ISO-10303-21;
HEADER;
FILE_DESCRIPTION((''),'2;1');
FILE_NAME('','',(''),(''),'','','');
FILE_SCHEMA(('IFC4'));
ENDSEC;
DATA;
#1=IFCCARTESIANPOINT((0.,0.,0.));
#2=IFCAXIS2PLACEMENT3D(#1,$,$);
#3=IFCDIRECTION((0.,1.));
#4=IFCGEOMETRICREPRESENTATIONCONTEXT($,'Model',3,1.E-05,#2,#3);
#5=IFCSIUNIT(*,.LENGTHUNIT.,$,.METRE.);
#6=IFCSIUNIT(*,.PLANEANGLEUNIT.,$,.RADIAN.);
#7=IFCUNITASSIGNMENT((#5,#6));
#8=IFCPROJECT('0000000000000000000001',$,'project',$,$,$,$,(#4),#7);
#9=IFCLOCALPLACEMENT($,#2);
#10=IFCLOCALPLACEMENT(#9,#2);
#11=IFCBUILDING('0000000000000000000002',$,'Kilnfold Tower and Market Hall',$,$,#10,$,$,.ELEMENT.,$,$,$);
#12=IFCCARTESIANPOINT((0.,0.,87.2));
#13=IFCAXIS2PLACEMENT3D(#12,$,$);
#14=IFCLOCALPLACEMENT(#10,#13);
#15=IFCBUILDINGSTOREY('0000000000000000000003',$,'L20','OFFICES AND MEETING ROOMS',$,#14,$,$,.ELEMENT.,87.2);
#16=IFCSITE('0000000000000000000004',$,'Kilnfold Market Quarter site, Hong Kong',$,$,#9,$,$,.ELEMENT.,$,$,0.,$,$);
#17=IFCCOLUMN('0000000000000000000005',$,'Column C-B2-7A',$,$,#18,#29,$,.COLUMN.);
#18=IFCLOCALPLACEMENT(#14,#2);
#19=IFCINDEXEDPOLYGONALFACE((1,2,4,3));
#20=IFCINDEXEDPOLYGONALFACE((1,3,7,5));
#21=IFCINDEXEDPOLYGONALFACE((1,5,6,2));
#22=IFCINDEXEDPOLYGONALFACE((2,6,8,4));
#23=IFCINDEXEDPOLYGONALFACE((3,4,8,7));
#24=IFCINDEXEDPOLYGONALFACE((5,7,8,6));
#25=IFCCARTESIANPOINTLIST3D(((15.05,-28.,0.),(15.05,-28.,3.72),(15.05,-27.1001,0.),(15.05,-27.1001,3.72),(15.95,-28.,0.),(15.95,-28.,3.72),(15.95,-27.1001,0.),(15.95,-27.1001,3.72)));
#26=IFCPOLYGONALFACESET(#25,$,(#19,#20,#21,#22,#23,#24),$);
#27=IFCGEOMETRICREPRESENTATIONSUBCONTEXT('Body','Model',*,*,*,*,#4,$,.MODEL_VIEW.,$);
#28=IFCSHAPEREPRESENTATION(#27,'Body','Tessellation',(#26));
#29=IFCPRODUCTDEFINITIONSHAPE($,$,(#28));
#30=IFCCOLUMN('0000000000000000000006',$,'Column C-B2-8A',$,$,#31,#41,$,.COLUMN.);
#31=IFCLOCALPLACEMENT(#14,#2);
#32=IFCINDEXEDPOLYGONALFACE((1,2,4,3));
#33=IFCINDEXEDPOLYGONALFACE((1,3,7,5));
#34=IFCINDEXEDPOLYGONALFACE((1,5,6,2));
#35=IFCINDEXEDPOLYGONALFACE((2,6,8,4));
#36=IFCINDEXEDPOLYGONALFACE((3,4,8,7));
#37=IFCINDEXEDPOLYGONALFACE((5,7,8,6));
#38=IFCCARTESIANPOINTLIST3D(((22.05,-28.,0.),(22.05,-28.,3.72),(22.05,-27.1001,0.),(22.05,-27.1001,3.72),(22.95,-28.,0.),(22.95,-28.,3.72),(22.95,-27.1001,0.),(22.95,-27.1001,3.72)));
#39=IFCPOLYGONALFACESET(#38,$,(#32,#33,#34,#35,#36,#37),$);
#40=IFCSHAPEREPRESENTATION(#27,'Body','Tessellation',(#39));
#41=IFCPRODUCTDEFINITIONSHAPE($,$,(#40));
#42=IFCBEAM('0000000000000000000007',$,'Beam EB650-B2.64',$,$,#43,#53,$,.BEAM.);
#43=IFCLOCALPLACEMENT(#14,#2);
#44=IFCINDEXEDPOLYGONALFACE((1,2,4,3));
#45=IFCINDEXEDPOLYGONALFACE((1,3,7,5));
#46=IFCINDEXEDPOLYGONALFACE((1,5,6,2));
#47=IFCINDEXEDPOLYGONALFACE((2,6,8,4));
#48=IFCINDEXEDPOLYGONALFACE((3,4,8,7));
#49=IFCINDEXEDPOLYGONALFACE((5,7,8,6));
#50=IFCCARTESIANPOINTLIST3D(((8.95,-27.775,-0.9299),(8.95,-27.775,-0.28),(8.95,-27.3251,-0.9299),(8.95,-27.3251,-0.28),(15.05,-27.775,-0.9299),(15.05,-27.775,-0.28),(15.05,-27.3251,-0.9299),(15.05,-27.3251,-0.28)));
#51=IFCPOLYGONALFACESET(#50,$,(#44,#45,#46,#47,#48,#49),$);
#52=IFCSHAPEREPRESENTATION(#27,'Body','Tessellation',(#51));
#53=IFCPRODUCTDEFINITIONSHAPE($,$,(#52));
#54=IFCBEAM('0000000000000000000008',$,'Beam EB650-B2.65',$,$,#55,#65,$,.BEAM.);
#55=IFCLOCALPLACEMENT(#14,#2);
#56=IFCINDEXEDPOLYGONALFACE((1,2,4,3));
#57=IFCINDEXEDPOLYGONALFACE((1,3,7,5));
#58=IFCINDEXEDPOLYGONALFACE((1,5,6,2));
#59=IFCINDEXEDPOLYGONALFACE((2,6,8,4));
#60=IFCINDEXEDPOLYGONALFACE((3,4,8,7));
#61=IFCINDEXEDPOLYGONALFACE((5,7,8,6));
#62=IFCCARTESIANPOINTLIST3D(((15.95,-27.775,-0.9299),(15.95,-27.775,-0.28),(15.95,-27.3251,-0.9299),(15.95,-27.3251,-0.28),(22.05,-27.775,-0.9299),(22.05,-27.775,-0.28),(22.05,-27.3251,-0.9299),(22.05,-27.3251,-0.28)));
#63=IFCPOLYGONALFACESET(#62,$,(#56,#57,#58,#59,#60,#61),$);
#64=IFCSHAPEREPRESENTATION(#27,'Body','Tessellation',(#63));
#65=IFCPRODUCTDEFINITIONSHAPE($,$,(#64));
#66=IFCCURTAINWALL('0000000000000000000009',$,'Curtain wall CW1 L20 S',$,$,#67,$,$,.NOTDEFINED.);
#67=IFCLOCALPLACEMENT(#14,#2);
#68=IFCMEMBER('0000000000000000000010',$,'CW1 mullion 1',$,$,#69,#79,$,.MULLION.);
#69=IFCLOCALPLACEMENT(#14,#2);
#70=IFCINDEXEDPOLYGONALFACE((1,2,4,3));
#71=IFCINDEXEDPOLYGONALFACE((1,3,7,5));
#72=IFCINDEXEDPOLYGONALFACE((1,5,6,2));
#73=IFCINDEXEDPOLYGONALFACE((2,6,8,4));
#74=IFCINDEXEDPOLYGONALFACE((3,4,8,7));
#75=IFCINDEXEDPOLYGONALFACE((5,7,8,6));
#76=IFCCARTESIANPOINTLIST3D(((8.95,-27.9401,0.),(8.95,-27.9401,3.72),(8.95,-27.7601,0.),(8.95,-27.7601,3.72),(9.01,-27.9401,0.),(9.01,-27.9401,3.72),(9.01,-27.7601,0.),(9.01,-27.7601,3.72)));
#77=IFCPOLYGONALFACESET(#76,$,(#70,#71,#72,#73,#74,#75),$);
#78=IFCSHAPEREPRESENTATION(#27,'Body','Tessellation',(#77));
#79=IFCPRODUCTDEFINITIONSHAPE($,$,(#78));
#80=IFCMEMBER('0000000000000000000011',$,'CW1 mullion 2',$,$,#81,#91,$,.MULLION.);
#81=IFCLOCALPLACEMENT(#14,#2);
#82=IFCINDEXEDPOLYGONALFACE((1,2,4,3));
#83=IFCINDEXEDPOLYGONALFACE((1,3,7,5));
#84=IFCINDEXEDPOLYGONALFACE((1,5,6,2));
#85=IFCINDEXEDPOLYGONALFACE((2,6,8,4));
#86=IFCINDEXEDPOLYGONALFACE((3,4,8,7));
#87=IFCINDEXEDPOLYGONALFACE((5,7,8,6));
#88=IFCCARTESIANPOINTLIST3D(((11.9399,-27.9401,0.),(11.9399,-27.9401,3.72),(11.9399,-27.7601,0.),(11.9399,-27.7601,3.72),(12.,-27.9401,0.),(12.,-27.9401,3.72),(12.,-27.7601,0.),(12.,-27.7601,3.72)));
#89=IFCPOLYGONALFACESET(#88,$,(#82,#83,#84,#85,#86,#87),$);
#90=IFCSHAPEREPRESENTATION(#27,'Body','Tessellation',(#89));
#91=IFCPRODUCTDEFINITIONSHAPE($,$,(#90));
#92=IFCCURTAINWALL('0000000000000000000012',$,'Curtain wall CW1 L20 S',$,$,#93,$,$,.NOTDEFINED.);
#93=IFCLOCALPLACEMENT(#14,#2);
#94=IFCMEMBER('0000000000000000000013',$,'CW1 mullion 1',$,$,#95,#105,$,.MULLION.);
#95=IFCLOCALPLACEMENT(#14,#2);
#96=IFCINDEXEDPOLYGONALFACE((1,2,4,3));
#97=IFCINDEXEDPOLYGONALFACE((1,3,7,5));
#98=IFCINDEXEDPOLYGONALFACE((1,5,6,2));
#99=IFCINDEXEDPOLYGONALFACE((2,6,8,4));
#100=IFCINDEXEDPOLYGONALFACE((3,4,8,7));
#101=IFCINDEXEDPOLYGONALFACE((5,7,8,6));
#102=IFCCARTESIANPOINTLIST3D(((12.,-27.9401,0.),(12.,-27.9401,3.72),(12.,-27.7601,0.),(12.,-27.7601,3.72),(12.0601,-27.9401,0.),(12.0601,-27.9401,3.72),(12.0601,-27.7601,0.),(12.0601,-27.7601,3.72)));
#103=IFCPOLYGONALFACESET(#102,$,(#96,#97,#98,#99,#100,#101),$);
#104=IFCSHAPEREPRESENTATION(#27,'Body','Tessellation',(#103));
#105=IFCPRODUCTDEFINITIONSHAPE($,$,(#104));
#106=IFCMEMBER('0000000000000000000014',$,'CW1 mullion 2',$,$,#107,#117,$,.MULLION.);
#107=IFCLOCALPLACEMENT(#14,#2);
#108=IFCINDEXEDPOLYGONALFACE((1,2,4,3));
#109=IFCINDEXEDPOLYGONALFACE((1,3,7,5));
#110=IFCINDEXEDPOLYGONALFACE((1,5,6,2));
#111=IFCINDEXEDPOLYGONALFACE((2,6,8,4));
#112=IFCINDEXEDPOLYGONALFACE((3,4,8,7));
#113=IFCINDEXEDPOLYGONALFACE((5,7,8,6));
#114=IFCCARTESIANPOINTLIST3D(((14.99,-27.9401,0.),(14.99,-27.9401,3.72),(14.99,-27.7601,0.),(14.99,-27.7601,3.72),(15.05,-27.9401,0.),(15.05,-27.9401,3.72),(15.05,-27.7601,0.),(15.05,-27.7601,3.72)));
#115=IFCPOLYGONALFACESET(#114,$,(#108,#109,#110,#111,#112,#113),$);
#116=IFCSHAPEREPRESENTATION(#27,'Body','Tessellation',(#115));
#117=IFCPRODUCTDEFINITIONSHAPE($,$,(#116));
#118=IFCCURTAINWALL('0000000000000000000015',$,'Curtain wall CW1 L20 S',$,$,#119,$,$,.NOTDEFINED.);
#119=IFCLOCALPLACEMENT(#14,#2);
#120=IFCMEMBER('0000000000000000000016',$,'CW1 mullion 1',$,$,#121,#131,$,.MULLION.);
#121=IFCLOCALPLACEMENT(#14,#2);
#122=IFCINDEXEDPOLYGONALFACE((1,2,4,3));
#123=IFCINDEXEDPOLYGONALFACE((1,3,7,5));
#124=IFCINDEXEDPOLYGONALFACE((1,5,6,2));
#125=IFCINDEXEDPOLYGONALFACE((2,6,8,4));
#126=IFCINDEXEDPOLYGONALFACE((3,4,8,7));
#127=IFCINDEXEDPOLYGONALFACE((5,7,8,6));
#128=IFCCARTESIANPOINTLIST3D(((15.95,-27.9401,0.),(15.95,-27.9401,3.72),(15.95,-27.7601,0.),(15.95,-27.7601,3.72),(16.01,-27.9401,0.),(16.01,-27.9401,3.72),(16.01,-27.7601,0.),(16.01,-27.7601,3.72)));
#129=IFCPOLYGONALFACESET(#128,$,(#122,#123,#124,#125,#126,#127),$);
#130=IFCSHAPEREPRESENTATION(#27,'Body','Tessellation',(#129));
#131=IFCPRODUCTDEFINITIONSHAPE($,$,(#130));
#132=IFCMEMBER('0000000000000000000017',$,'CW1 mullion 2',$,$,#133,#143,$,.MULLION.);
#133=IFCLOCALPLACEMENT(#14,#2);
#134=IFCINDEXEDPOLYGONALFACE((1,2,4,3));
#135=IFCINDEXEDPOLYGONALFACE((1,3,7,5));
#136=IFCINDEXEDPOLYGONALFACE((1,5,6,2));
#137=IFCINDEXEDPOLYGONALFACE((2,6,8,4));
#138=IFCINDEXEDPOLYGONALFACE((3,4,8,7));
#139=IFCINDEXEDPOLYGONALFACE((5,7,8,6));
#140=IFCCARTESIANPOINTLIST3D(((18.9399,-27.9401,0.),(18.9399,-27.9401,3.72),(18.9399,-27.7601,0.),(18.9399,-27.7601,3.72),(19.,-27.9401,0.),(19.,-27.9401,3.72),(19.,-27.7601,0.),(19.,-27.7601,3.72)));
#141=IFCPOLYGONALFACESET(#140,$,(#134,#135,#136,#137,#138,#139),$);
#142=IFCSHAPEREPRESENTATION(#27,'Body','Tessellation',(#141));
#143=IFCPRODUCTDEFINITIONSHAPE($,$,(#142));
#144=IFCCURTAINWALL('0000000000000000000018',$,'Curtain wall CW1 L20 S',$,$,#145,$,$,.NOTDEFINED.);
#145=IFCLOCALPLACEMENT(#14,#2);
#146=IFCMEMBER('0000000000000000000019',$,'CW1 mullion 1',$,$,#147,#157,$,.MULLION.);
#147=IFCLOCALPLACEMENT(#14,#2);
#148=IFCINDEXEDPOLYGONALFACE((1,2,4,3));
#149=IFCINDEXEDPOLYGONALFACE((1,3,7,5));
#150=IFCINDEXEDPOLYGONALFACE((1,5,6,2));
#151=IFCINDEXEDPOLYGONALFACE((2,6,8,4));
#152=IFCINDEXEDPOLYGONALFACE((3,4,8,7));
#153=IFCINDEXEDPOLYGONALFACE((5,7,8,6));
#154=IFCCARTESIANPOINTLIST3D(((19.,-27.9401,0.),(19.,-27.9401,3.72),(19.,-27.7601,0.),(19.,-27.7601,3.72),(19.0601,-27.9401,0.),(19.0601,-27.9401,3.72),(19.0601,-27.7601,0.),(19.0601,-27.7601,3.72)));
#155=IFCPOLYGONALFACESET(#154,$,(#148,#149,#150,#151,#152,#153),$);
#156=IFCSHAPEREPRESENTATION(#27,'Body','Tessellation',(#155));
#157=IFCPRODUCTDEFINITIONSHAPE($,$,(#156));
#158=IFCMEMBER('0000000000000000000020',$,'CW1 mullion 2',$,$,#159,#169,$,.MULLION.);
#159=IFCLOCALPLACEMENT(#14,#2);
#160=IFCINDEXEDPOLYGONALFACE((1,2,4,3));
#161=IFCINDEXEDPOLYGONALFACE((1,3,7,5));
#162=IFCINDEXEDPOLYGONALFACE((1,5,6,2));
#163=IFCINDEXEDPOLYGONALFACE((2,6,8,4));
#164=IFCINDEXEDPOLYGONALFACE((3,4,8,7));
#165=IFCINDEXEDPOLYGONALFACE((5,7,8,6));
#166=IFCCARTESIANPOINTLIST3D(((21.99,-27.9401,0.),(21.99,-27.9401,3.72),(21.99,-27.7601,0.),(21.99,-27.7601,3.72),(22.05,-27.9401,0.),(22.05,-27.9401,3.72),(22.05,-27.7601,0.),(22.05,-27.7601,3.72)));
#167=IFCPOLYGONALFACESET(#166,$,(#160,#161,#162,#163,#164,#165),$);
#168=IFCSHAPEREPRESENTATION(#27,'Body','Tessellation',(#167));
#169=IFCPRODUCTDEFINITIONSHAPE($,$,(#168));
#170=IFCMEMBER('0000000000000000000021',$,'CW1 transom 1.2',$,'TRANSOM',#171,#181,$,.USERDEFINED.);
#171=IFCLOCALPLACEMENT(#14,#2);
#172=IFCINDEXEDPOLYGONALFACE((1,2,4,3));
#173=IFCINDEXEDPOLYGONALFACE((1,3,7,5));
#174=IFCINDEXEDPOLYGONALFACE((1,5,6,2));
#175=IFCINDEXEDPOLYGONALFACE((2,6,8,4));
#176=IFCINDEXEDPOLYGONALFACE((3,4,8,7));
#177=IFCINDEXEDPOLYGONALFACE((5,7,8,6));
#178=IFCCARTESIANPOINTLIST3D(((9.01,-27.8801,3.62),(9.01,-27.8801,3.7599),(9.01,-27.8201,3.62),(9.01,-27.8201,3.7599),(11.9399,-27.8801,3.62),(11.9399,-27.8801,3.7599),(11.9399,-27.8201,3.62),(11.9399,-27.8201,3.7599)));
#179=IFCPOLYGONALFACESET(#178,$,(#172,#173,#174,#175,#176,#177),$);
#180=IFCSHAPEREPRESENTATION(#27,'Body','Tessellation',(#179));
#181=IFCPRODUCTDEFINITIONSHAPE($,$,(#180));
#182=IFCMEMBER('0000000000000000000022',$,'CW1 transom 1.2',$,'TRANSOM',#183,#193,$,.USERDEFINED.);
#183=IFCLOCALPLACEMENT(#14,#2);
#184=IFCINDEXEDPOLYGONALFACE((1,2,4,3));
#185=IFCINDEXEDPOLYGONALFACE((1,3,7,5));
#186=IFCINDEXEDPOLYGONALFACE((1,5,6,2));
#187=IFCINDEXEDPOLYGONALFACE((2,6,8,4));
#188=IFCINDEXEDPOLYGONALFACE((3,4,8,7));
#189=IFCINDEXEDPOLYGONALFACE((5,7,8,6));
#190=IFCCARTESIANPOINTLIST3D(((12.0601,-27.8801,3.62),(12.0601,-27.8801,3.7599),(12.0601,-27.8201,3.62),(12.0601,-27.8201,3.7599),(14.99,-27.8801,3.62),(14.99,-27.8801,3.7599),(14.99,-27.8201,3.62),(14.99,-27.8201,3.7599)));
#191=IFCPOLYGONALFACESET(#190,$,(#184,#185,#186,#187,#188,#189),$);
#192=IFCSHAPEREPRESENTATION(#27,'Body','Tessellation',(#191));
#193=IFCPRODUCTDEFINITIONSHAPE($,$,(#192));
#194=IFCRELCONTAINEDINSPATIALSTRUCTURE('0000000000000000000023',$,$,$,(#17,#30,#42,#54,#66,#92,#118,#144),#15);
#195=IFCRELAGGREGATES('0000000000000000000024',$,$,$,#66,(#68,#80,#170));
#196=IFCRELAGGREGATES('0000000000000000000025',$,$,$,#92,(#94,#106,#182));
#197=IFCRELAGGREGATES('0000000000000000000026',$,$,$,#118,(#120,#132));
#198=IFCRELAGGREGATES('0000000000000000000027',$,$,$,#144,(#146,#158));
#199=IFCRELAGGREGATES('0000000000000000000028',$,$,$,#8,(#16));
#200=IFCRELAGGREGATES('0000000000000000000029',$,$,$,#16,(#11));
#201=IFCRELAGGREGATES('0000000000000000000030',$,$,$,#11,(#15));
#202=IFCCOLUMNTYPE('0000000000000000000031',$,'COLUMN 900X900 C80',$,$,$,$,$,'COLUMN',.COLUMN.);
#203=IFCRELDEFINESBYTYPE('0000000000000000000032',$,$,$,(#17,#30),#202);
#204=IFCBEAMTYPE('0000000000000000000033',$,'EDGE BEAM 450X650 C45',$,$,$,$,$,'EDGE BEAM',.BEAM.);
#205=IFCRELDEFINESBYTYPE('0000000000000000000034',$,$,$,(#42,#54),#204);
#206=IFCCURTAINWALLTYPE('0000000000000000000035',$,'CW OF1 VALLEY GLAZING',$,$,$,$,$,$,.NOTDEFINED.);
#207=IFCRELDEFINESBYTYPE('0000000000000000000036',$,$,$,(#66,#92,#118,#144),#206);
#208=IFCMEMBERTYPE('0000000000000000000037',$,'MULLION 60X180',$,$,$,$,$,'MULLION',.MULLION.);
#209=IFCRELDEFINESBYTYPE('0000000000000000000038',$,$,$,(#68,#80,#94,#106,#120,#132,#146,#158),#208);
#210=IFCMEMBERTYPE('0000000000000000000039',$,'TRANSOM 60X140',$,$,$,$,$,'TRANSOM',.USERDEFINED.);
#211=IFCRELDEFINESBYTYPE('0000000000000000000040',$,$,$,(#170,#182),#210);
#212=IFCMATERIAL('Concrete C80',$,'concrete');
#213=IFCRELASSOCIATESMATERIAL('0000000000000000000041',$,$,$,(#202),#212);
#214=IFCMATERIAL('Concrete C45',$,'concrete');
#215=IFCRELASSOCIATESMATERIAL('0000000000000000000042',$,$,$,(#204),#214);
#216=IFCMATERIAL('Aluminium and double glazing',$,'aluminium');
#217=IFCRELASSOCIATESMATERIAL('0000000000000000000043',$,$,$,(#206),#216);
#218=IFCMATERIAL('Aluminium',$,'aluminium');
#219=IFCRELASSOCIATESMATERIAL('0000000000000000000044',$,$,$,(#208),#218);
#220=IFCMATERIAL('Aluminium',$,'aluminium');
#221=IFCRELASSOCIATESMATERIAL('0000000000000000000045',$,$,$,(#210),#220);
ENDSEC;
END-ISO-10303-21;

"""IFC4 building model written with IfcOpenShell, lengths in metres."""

from ifc_helpers import new_model, si_unit, direction, frame, origin, origin_2d, place, context, subcontext, project, spatial, rectangle, extrude, source, transform, mapped, material, material_profile, profile_set, type_object, element, aggregate, save


model = new_model("IFC4")

# Units and contexts
model_context = context("Model", 3, precision=1e-05, world=origin(), true_north=direction((0.0, 1.0)))
body_context = subcontext(model_context, "Body", "Model", "MODEL_VIEW")
ifc_project = project(units=[si_unit("LENGTHUNIT", "METRE"), si_unit("PLANEANGLEUNIT", "RADIAN")], contexts=[model_context])

# Site, building, storey
site_placement = place(None, origin())
site = spatial("IfcSite", under=ifc_project, at=site_placement, Name="Kilnfold Market Quarter site, Hong Kong", CompositionType="ELEMENT", RefElevation=0.0)
building_placement = place(site_placement, origin())
building = spatial("IfcBuilding", under=site, at=building_placement, Name="Kilnfold Tower and Market Hall", CompositionType="ELEMENT")
storey_placement = place(building_placement, frame((0.0, 0.0, 87.2)))
storey = spatial("IfcBuildingStorey", under=building, at=storey_placement, Name="L20", Description="OFFICES AND MEETING ROOMS", CompositionType="ELEMENT", Elevation=87.2)

# Columns
ifc_material_1 = material(Name="Concrete C80", Category="concrete")
ifc_material_profile_1 = material_profile(ifc_material_1, rectangle(XDim=0.8999, YDim=0.8999, at=origin_2d()), Name="RC 900x900")
ifc_profile_set_1 = profile_set([ifc_material_profile_1], Name="Concrete C80")
column_type = type_object("IfcColumnType", Name="COLUMN 900X900 C80", ElementType="COLUMN", PredefinedType="COLUMN", material=ifc_profile_set_1)
shared_shape_1 = source(origin(), body_context, "Body", "SweptSolid", [
    extrude(rectangle(XDim=0.8999, YDim=0.8999, at=origin_2d()), origin(), (0.0, 0.0, 1.0), 3.72),
])
for number, where, z_axis, x_axis, name in (
    (1, (15.5, -27.55, 0.0), (0.0, 0.0, 1.0), (1.0, 0.0, 0.0), "Column C-B2-7A"),
    (2, (22.5, -27.55, 0.0), (0.0, 0.0, 1.0), (1.0, 0.0, 0.0), "Column C-B2-8A"),
):
    element("IfcColumn", number, at=place(storey_placement, frame(where, z_axis=z_axis, x_axis=x_axis)), inside=storey, type_object=column_type, Name=name, PredefinedType="COLUMN", context=body_context, shape_type="MappedRepresentation", body=[
        mapped(shared_shape_1, transform((0.0, 0.0, 0.0))),
    ])

# Beams
ifc_material_2 = material(Name="Concrete C45", Category="concrete")
ifc_material_profile_2 = material_profile(ifc_material_2, rectangle(XDim=0.45, YDim=0.6499, at=origin_2d()), Name="RC 450x650")
ifc_profile_set_2 = profile_set([ifc_material_profile_2], Name="Concrete C45")
beam_type = type_object("IfcBeamType", Name="EDGE BEAM 450X650 C45", ElementType="EDGE BEAM", PredefinedType="BEAM", material=ifc_profile_set_2)
shared_shape_2 = source(origin(), body_context, "Body", "SweptSolid", [
    extrude(rectangle(XDim=0.45, YDim=0.6499, at=origin_2d()), origin(), (0.0, 0.0, 1.0), 6.1001),
])
for number, where, z_axis, x_axis, name in (
    (3, (8.95, -27.55, -0.605), (1.0, 0.0, 0.0), (0.0, 1.0, 0.0), "Beam EB650-B2.64"),
    (4, (15.95, -27.55, -0.605), (1.0, 0.0, 0.0), (0.0, 1.0, 0.0), "Beam EB650-B2.65"),
):
    element("IfcBeam", number, at=place(storey_placement, frame(where, z_axis=z_axis, x_axis=x_axis)), inside=storey, type_object=beam_type, Name=name, PredefinedType="BEAM", context=body_context, shape_type="MappedRepresentation", body=[
        mapped(shared_shape_2, transform((0.0, 0.0, 0.0))),
    ])

# Curtain walls, members
ifc_material_3 = material(Name="Aluminium and double glazing", Category="aluminium")
curtain_wall_type = type_object("IfcCurtainWallType", Name="CW OF1 VALLEY GLAZING", PredefinedType="NOTDEFINED", material=ifc_material_3)
curtain_wall_1_placement = place(storey_placement, origin())
curtain_wall_1 = element("IfcCurtainWall", 5, at=curtain_wall_1_placement, inside=storey, type_object=curtain_wall_type, Name="Curtain wall CW1 L20 S", PredefinedType="NOTDEFINED")
ifc_material_4 = material(Name="Aluminium", Category="aluminium")
ifc_material_profile_3 = material_profile(ifc_material_4, rectangle(XDim=0.0601, YDim=0.1799, at=origin_2d()), Name="MULLION 60x180")
ifc_profile_set_3 = profile_set([ifc_material_profile_3], Name="Aluminium")
member_type_1 = type_object("IfcMemberType", Name="MULLION 60X180", ElementType="MULLION", PredefinedType="MULLION", material=ifc_profile_set_3)
shared_shape_3 = source(origin(), body_context, "Body", "SweptSolid", [
    extrude(rectangle(XDim=0.0601, YDim=0.1799, at=origin_2d()), origin(), (0.0, 0.0, 1.0), 3.72),
])
member_1_placement = place(storey_placement, frame((8.98, -27.8501, 0.0), z_axis=(0.0, 0.0, 1.0), x_axis=(1.0, 0.0, 0.0)))
member_1 = element("IfcMember", 6, at=member_1_placement, type_object=member_type_1, Name="CW1 mullion 1", PredefinedType="MULLION", context=body_context, shape_type="MappedRepresentation", body=[
    mapped(shared_shape_3, transform((0.0, 0.0, 0.0))),
])
member_2_placement = place(storey_placement, frame((11.97, -27.8501, 0.0), z_axis=(0.0, 0.0, 1.0), x_axis=(1.0, 0.0, 0.0)))
member_2 = element("IfcMember", 7, at=member_2_placement, type_object=member_type_1, Name="CW1 mullion 2", PredefinedType="MULLION", context=body_context, shape_type="MappedRepresentation", body=[
    mapped(shared_shape_3, transform((0.0, 0.0, 0.0))),
])
curtain_wall_2_placement = place(storey_placement, origin())
curtain_wall_2 = element("IfcCurtainWall", 8, at=curtain_wall_2_placement, inside=storey, type_object=curtain_wall_type, Name="Curtain wall CW1 L20 S", PredefinedType="NOTDEFINED")
member_3_placement = place(storey_placement, frame((12.03, -27.8501, 0.0), z_axis=(0.0, 0.0, 1.0), x_axis=(1.0, 0.0, 0.0)))
member_3 = element("IfcMember", 9, at=member_3_placement, type_object=member_type_1, Name="CW1 mullion 1", PredefinedType="MULLION", context=body_context, shape_type="MappedRepresentation", body=[
    mapped(shared_shape_3, transform((0.0, 0.0, 0.0))),
])
member_4_placement = place(storey_placement, frame((15.02, -27.8501, 0.0), z_axis=(0.0, 0.0, 1.0), x_axis=(1.0, 0.0, 0.0)))
member_4 = element("IfcMember", 10, at=member_4_placement, type_object=member_type_1, Name="CW1 mullion 2", PredefinedType="MULLION", context=body_context, shape_type="MappedRepresentation", body=[
    mapped(shared_shape_3, transform((0.0, 0.0, 0.0))),
])
curtain_wall_3_placement = place(storey_placement, origin())
curtain_wall_3 = element("IfcCurtainWall", 11, at=curtain_wall_3_placement, inside=storey, type_object=curtain_wall_type, Name="Curtain wall CW1 L20 S", PredefinedType="NOTDEFINED")
member_5_placement = place(storey_placement, frame((15.98, -27.8501, 0.0), z_axis=(0.0, 0.0, 1.0), x_axis=(1.0, 0.0, 0.0)))
member_5 = element("IfcMember", 12, at=member_5_placement, type_object=member_type_1, Name="CW1 mullion 1", PredefinedType="MULLION", context=body_context, shape_type="MappedRepresentation", body=[
    mapped(shared_shape_3, transform((0.0, 0.0, 0.0))),
])
member_6_placement = place(storey_placement, frame((18.97, -27.8501, 0.0), z_axis=(0.0, 0.0, 1.0), x_axis=(1.0, 0.0, 0.0)))
member_6 = element("IfcMember", 13, at=member_6_placement, type_object=member_type_1, Name="CW1 mullion 2", PredefinedType="MULLION", context=body_context, shape_type="MappedRepresentation", body=[
    mapped(shared_shape_3, transform((0.0, 0.0, 0.0))),
])
curtain_wall_4_placement = place(storey_placement, origin())
curtain_wall_4 = element("IfcCurtainWall", 14, at=curtain_wall_4_placement, inside=storey, type_object=curtain_wall_type, Name="Curtain wall CW1 L20 S", PredefinedType="NOTDEFINED")
member_7_placement = place(storey_placement, frame((19.03, -27.8501, 0.0), z_axis=(0.0, 0.0, 1.0), x_axis=(1.0, 0.0, 0.0)))
member_7 = element("IfcMember", 15, at=member_7_placement, type_object=member_type_1, Name="CW1 mullion 1", PredefinedType="MULLION", context=body_context, shape_type="MappedRepresentation", body=[
    mapped(shared_shape_3, transform((0.0, 0.0, 0.0))),
])
member_8_placement = place(storey_placement, frame((22.02, -27.8501, 0.0), z_axis=(0.0, 0.0, 1.0), x_axis=(1.0, 0.0, 0.0)))
member_8 = element("IfcMember", 16, at=member_8_placement, type_object=member_type_1, Name="CW1 mullion 2", PredefinedType="MULLION", context=body_context, shape_type="MappedRepresentation", body=[
    mapped(shared_shape_3, transform((0.0, 0.0, 0.0))),
])

# Members
ifc_material_5 = material(Name="Aluminium", Category="aluminium")
ifc_material_profile_4 = material_profile(ifc_material_5, rectangle(XDim=0.0601, YDim=0.1399, at=origin_2d()), Name="TRANSOM 60x140")
ifc_profile_set_4 = profile_set([ifc_material_profile_4], Name="Aluminium")
member_type_2 = type_object("IfcMemberType", Name="TRANSOM 60X140", ElementType="TRANSOM", PredefinedType="USERDEFINED", material=ifc_profile_set_4)
shared_shape_4 = source(origin(), body_context, "Body", "SweptSolid", [
    extrude(rectangle(XDim=0.0601, YDim=0.1399, at=origin_2d()), origin(), (0.0, 0.0, 1.0), 2.9299),
])
member_9_placement = place(storey_placement, frame((9.01, -27.8501, 3.6899), z_axis=(1.0, 0.0, 0.0), x_axis=(0.0, 1.0, 0.0)))
member_9 = element("IfcMember", 17, at=member_9_placement, type_object=member_type_2, Name="CW1 transom 1.2", ObjectType="TRANSOM", PredefinedType="USERDEFINED", context=body_context, shape_type="MappedRepresentation", body=[
    mapped(shared_shape_4, transform((0.0, 0.0, 0.0))),
])
member_10_placement = place(storey_placement, frame((12.0601, -27.8501, 3.6899), z_axis=(1.0, 0.0, 0.0), x_axis=(0.0, 1.0, 0.0)))
member_10 = element("IfcMember", 18, at=member_10_placement, type_object=member_type_2, Name="CW1 transom 1.2", ObjectType="TRANSOM", PredefinedType="USERDEFINED", context=body_context, shape_type="MappedRepresentation", body=[
    mapped(shared_shape_4, transform((0.0, 0.0, 0.0))),
])

aggregate(curtain_wall_1, [member_1, member_2, member_9])
aggregate(curtain_wall_2, [member_3, member_4, member_10])
aggregate(curtain_wall_3, [member_5, member_6])
aggregate(curtain_wall_4, [member_7, member_8])

save(model, "model.ifc")
